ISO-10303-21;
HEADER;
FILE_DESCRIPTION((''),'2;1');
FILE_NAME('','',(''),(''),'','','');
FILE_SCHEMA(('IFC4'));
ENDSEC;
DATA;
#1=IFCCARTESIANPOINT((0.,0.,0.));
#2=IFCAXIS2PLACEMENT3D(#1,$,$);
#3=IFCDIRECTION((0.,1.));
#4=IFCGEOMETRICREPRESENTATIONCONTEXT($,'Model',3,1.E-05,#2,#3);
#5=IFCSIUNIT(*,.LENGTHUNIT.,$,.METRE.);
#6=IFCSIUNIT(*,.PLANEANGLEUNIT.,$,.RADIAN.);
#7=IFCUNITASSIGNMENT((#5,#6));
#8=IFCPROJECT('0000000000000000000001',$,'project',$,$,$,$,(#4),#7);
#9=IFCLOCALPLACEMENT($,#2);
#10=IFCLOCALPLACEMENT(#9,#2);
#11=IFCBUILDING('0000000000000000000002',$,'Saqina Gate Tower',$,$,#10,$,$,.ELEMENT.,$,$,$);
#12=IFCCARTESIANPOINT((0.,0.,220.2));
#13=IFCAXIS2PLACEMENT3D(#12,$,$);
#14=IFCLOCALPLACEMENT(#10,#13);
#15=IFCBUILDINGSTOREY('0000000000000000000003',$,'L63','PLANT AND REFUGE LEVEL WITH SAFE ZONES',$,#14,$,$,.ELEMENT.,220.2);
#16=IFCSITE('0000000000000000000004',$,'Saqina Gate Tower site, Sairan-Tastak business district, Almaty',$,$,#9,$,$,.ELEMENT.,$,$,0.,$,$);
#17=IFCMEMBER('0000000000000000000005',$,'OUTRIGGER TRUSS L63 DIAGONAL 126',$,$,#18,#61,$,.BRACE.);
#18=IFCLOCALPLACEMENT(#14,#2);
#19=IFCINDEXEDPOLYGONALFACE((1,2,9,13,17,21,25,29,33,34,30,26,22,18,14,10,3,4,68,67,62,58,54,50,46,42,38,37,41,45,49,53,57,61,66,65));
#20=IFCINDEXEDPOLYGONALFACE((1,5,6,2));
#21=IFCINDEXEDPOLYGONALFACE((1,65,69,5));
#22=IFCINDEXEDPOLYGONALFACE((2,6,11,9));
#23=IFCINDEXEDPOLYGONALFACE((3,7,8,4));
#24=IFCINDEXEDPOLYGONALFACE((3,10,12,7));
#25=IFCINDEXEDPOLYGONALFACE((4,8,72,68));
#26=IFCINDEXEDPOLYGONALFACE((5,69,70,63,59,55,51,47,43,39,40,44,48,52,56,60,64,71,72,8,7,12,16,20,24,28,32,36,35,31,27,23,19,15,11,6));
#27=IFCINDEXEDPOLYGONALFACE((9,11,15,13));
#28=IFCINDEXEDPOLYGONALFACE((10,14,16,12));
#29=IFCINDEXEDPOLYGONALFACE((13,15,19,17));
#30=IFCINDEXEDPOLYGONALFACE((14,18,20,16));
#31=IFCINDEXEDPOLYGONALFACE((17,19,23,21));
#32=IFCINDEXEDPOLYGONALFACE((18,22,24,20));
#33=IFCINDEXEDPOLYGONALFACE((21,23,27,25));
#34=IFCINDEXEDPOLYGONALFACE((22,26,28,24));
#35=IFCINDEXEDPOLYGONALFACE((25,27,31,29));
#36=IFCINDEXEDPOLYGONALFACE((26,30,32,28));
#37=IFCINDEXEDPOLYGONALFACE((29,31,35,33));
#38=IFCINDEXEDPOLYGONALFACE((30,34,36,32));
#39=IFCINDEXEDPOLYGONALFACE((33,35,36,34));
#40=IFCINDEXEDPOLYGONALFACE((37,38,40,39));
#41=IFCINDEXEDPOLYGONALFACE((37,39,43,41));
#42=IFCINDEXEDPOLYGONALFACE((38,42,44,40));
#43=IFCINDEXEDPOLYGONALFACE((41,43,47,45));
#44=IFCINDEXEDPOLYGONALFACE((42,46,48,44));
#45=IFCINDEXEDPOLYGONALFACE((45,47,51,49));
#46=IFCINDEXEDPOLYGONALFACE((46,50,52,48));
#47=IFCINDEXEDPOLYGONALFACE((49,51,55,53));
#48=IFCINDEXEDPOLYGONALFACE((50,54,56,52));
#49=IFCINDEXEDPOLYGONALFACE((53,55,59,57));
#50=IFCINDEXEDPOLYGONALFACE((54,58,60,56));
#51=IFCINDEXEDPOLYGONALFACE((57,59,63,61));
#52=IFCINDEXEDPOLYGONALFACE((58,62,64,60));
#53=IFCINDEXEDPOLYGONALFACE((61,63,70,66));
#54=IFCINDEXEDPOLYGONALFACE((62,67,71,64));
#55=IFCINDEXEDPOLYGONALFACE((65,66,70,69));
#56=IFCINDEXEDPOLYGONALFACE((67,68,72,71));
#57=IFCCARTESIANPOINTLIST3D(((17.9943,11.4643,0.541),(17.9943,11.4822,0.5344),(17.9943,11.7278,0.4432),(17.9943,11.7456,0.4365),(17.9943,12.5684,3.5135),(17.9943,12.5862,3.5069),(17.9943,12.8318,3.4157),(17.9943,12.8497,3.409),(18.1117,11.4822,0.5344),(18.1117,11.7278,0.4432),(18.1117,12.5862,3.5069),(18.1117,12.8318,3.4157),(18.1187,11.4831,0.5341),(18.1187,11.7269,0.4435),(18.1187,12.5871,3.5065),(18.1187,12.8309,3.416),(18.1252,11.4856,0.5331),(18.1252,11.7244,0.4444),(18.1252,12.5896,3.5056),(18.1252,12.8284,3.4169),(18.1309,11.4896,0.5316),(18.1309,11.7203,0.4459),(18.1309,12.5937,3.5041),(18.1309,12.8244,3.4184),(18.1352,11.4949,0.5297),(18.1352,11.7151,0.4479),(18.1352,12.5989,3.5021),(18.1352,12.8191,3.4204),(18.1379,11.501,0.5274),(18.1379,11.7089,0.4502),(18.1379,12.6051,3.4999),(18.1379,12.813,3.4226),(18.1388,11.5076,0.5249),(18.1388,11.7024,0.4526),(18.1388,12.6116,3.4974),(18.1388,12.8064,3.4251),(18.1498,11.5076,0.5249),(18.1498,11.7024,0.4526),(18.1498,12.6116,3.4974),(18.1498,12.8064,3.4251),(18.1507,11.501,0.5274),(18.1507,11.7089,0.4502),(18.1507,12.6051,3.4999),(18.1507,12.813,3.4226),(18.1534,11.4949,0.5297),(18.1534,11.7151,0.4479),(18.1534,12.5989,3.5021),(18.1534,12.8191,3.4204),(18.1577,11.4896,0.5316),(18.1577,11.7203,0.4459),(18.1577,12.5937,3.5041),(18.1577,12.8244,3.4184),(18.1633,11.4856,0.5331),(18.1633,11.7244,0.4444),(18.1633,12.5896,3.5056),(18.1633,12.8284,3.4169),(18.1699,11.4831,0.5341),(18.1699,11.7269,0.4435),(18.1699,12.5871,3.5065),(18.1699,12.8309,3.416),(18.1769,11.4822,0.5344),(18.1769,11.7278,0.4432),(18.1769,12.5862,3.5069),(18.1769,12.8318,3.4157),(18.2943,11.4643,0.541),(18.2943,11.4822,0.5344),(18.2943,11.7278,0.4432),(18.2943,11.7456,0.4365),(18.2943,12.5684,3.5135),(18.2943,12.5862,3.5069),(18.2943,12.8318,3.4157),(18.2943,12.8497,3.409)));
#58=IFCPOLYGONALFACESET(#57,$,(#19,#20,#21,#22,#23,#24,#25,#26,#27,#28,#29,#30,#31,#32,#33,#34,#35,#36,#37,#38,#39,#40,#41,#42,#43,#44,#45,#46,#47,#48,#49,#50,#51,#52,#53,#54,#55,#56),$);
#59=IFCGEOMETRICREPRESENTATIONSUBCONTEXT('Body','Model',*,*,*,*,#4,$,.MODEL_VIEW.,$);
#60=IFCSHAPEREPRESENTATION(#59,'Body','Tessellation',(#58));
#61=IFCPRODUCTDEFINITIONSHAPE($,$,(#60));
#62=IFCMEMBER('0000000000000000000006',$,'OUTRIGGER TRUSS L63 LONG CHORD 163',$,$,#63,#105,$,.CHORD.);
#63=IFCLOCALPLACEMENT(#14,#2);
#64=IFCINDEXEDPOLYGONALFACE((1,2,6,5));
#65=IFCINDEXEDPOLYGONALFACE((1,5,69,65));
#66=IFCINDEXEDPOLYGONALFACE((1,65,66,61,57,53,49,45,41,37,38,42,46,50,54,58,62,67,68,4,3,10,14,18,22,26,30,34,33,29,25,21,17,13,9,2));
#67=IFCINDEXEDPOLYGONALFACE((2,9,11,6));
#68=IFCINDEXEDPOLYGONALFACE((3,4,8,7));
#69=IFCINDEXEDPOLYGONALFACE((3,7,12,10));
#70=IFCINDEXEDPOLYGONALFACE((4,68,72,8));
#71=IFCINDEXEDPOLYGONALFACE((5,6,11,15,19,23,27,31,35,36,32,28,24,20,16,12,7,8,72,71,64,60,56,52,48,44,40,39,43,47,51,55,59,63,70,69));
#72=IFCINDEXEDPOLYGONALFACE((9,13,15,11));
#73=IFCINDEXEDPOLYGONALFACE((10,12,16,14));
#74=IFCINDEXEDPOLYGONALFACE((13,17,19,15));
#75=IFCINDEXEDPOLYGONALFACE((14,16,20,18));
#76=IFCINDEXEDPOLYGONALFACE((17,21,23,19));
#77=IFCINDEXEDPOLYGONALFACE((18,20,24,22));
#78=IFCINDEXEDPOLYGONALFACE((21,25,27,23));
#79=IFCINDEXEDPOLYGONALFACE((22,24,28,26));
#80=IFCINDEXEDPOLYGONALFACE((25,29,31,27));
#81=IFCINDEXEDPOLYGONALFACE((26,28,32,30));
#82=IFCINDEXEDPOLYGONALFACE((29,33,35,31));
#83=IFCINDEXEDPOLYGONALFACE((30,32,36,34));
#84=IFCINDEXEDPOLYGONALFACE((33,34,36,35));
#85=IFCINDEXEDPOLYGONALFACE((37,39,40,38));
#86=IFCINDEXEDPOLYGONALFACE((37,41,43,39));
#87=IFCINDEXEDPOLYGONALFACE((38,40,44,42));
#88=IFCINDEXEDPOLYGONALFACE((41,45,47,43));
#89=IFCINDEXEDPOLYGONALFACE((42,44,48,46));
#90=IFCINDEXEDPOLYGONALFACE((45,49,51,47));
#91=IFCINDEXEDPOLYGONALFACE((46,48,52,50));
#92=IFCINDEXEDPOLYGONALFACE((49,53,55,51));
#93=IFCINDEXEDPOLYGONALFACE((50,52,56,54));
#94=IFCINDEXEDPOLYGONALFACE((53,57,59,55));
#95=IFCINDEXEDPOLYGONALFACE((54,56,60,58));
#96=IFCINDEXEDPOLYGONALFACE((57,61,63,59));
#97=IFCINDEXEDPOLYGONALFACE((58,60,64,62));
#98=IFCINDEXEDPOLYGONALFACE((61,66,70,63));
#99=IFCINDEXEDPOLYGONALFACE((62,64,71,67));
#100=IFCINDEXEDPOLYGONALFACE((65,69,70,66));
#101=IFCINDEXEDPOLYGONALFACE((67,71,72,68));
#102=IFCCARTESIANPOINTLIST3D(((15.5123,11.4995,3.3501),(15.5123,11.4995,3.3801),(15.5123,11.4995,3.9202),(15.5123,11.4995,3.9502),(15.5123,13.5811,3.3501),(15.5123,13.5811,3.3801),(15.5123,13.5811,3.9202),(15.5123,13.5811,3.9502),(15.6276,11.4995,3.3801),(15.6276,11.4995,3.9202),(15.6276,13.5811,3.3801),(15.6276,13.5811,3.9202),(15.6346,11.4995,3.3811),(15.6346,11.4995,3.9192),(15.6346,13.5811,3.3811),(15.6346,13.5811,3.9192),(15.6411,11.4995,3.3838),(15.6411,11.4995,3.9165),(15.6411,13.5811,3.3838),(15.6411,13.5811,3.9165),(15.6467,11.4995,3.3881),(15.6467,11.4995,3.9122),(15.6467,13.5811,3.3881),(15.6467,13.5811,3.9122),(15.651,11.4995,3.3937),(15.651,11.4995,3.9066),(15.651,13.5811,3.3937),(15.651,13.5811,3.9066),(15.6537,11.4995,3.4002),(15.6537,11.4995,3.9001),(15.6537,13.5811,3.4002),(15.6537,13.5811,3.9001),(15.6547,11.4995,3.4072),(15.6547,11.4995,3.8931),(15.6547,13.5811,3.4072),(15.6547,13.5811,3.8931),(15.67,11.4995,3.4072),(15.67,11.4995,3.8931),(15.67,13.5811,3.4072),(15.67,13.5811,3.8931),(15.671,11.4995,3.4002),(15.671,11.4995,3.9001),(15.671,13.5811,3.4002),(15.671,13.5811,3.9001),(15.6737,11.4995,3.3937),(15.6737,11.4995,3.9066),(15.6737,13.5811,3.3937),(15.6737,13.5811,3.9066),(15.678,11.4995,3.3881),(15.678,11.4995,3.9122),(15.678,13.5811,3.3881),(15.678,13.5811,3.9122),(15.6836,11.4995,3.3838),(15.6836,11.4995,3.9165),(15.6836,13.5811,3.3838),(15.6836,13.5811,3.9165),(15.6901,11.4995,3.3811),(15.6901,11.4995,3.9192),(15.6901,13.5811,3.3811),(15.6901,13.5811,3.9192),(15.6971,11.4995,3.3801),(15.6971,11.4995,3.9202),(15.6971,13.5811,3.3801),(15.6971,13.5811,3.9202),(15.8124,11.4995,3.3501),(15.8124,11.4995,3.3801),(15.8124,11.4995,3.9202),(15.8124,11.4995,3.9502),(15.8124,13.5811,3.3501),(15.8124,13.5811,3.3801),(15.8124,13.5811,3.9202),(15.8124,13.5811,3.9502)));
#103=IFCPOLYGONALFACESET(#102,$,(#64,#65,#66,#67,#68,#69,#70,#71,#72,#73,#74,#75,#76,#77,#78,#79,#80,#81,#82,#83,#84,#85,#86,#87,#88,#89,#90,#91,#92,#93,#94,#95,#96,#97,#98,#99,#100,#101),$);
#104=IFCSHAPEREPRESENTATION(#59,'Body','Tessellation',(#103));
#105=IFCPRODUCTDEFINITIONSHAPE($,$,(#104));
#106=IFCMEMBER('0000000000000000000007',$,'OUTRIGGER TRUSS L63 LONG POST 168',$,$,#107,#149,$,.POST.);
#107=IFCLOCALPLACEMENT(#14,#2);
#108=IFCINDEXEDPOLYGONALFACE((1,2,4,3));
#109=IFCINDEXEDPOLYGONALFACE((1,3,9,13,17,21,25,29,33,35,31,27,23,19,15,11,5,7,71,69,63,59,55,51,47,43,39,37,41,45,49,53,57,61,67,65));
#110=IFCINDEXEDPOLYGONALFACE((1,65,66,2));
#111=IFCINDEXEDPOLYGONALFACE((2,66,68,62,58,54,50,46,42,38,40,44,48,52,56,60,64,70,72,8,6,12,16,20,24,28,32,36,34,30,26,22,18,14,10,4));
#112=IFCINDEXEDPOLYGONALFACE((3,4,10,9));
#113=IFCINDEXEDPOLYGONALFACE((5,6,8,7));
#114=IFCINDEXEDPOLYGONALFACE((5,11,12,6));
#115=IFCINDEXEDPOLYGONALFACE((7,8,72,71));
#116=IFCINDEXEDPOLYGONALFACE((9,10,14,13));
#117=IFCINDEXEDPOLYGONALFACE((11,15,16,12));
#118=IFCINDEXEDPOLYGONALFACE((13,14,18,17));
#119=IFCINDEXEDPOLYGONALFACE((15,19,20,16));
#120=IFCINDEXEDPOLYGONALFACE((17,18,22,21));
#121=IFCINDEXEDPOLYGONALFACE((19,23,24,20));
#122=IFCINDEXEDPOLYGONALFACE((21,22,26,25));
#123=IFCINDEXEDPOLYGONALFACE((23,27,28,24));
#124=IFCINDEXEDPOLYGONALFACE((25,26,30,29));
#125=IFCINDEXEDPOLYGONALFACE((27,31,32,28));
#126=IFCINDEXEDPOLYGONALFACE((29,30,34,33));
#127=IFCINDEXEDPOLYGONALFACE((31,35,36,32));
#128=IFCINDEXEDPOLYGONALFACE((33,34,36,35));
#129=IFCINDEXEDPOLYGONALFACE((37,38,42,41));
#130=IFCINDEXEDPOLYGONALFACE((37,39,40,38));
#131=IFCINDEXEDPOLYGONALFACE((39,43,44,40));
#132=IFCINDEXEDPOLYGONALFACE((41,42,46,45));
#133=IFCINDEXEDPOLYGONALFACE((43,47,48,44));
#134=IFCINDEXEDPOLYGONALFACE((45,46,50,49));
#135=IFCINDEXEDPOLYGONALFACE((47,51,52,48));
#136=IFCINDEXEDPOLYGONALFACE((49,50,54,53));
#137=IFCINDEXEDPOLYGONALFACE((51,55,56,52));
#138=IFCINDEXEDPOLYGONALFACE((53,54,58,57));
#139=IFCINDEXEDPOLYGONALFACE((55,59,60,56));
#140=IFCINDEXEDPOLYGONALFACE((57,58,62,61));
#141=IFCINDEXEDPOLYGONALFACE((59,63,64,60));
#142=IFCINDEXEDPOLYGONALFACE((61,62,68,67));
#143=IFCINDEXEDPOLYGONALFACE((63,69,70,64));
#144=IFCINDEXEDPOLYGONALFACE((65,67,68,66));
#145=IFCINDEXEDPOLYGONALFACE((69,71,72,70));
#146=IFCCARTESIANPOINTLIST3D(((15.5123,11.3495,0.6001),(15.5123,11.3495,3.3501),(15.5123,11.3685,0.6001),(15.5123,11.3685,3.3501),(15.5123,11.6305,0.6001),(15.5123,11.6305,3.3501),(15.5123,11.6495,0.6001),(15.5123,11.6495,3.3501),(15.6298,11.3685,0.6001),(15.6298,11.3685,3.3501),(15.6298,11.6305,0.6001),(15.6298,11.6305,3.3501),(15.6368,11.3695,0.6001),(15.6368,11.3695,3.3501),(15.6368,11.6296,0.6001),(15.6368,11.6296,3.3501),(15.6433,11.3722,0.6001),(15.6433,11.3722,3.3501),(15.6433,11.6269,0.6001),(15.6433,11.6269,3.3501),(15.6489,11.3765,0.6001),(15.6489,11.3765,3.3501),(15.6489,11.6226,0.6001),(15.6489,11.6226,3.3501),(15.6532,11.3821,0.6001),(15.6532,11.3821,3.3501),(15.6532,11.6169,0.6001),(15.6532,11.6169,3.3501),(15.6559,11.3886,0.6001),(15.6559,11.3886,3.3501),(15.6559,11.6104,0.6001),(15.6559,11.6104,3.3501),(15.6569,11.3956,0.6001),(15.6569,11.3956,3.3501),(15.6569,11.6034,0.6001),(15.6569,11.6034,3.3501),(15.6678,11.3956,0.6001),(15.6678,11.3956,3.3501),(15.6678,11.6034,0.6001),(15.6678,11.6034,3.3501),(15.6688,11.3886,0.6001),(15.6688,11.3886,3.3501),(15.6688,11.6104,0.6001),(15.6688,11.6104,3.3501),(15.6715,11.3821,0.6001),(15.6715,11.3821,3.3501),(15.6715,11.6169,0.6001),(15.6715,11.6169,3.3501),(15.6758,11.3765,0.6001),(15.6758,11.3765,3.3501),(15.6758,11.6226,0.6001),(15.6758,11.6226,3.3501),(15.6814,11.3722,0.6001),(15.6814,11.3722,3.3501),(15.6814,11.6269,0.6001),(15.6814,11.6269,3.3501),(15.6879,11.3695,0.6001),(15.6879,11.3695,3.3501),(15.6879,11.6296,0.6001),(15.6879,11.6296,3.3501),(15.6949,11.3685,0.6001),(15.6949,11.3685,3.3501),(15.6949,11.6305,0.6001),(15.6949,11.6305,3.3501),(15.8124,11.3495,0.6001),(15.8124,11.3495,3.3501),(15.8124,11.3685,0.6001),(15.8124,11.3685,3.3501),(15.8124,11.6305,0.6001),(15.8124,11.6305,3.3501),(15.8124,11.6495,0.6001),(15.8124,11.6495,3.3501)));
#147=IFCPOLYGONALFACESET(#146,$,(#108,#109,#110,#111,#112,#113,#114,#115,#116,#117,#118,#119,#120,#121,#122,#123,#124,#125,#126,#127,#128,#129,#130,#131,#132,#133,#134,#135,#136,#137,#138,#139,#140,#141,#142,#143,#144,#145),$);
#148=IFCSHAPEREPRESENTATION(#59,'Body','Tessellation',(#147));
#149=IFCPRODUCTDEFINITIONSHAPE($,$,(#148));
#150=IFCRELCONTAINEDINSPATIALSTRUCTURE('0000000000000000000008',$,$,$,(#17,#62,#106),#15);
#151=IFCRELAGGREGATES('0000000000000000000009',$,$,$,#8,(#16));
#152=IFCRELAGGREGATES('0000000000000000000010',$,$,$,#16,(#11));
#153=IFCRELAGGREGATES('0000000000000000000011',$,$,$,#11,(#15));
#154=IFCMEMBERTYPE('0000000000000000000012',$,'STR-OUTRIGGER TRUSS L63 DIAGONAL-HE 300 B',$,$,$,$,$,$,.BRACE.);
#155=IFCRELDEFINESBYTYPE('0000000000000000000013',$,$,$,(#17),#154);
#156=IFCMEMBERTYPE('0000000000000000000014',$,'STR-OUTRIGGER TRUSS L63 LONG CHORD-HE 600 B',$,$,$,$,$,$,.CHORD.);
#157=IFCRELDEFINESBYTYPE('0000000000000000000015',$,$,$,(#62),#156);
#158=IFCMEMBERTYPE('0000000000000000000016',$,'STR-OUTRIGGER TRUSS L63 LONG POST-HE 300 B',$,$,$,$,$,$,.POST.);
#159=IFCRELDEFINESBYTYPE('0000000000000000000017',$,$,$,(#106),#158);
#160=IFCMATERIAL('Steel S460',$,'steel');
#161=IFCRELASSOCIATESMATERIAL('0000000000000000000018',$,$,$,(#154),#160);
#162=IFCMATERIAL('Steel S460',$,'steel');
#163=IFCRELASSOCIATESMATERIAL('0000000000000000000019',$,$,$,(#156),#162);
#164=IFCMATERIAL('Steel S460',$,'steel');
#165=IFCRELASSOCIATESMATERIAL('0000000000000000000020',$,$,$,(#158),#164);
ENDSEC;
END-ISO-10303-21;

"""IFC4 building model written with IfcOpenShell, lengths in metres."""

from ifc_helpers import new_model, si_unit, direction, frame, origin, origin_2d, place, context, subcontext, project, spatial, i_section, extrude, material, material_profile, profile_set, type_object, element, save


model = new_model("IFC4")

# Units and contexts
model_context = context("Model", 3, precision=1e-05, world=origin(), true_north=direction((0.0, 1.0)))
body_context = subcontext(model_context, "Body", "Model", "MODEL_VIEW")
ifc_project = project(units=[si_unit("LENGTHUNIT", "METRE"), si_unit("PLANEANGLEUNIT", "RADIAN")], contexts=[model_context])

# Site, building, storey
site_placement = place(None, origin())
site = spatial("IfcSite", under=ifc_project, at=site_placement, Name="Saqina Gate Tower site, Sairan-Tastak business district, Almaty", CompositionType="ELEMENT", RefElevation=0.0)
building_placement = place(site_placement, origin())
building = spatial("IfcBuilding", under=site, at=building_placement, Name="Saqina Gate Tower", CompositionType="ELEMENT")
storey_placement = place(building_placement, frame((0.0, 0.0, 220.2)))
storey = spatial("IfcBuildingStorey", under=building, at=storey_placement, Name="L63", Description="PLANT AND REFUGE LEVEL WITH SAFE ZONES", CompositionType="ELEMENT", Elevation=220.2)

# Members
ifc_material_1 = material(Name="Steel S460", Category="steel")
ifc_material_profile_1 = material_profile(ifc_material_1, i_section(OverallWidth=0.3, OverallDepth=0.3, WebThickness=0.011, FlangeThickness=0.019, FilletRadius=0.0271, at=origin_2d()), Name="HE 300 B")
ifc_profile_set_1 = profile_set([ifc_material_profile_1], Name="Steel S460")
member_type_1 = type_object("IfcMemberType", Name="STR-OUTRIGGER TRUSS L63 DIAGONAL-HE 300 B", PredefinedType="BRACE", material=ifc_profile_set_1)
for number, where, z_axis, x_axis, name in (
    (1, (18.1443, 11.605, 0.4888), (0.0, 0.348177, 0.937429), (-1.0, 0.0, 0.0), "OUTRIGGER TRUSS L63 DIAGONAL 126"),
):
    element("IfcMember", number, at=place(storey_placement, frame(where, z_axis=z_axis, x_axis=x_axis)), inside=storey, type_object=member_type_1, Name=name, PredefinedType="BRACE", context=body_context, shape_type="SweptSolid", body=[
        extrude(i_section(OverallWidth=0.3, OverallDepth=0.3, WebThickness=0.011, FlangeThickness=0.019, FilletRadius=0.0271, at=origin_2d()), origin(), (0.0, 0.0, 1.0), 3.1709),
    ])
ifc_material_2 = material(Name="Steel S460", Category="steel")
ifc_material_profile_2 = material_profile(ifc_material_2, i_section(OverallWidth=0.3, OverallDepth=0.6001, WebThickness=0.0154, FlangeThickness=0.03, FilletRadius=0.0271, at=origin_2d()), Name="HE 600 B")
ifc_profile_set_2 = profile_set([ifc_material_profile_2], Name="Steel S460")
member_type_2 = type_object("IfcMemberType", Name="STR-OUTRIGGER TRUSS L63 LONG CHORD-HE 600 B", PredefinedType="CHORD", material=ifc_profile_set_2)
member_1_placement = place(storey_placement, frame((15.6624, 11.4995, 3.6501), z_axis=(0.0, 1.0, 0.0), x_axis=(-1.0, 0.0, 0.0)))
element("IfcMember", 2, at=member_1_placement, inside=storey, type_object=member_type_2, Name="OUTRIGGER TRUSS L63 LONG CHORD 163", PredefinedType="CHORD", context=body_context, shape_type="SweptSolid", body=[
    extrude(i_section(OverallWidth=0.3, OverallDepth=0.6001, WebThickness=0.0154, FlangeThickness=0.03, FilletRadius=0.0271, at=origin_2d()), origin(), (0.0, 0.0, 1.0), 2.0815),
])
ifc_material_3 = material(Name="Steel S460", Category="steel")
ifc_material_profile_3 = material_profile(ifc_material_3, i_section(OverallWidth=0.3, OverallDepth=0.3, WebThickness=0.011, FlangeThickness=0.019, FilletRadius=0.0271, at=origin_2d()), Name="HE 300 B")
ifc_profile_set_3 = profile_set([ifc_material_profile_3], Name="Steel S460")
member_type_3 = type_object("IfcMemberType", Name="STR-OUTRIGGER TRUSS L63 LONG POST-HE 300 B", PredefinedType="POST", material=ifc_profile_set_3)
member_2_placement = place(storey_placement, frame((15.6624, 11.4995, 0.6001), z_axis=(0.0, 0.0, 1.0), x_axis=(1.0, 0.0, 0.0)))
element("IfcMember", 3, at=member_2_placement, inside=storey, type_object=member_type_3, Name="OUTRIGGER TRUSS L63 LONG POST 168", PredefinedType="POST", context=body_context, shape_type="SweptSolid", body=[
    extrude(i_section(OverallWidth=0.3, OverallDepth=0.3, WebThickness=0.011, FlangeThickness=0.019, FilletRadius=0.0271, at=origin_2d()), origin(), (0.0, 0.0, 1.0), 2.75),
])

save(model, "model.ifc")
